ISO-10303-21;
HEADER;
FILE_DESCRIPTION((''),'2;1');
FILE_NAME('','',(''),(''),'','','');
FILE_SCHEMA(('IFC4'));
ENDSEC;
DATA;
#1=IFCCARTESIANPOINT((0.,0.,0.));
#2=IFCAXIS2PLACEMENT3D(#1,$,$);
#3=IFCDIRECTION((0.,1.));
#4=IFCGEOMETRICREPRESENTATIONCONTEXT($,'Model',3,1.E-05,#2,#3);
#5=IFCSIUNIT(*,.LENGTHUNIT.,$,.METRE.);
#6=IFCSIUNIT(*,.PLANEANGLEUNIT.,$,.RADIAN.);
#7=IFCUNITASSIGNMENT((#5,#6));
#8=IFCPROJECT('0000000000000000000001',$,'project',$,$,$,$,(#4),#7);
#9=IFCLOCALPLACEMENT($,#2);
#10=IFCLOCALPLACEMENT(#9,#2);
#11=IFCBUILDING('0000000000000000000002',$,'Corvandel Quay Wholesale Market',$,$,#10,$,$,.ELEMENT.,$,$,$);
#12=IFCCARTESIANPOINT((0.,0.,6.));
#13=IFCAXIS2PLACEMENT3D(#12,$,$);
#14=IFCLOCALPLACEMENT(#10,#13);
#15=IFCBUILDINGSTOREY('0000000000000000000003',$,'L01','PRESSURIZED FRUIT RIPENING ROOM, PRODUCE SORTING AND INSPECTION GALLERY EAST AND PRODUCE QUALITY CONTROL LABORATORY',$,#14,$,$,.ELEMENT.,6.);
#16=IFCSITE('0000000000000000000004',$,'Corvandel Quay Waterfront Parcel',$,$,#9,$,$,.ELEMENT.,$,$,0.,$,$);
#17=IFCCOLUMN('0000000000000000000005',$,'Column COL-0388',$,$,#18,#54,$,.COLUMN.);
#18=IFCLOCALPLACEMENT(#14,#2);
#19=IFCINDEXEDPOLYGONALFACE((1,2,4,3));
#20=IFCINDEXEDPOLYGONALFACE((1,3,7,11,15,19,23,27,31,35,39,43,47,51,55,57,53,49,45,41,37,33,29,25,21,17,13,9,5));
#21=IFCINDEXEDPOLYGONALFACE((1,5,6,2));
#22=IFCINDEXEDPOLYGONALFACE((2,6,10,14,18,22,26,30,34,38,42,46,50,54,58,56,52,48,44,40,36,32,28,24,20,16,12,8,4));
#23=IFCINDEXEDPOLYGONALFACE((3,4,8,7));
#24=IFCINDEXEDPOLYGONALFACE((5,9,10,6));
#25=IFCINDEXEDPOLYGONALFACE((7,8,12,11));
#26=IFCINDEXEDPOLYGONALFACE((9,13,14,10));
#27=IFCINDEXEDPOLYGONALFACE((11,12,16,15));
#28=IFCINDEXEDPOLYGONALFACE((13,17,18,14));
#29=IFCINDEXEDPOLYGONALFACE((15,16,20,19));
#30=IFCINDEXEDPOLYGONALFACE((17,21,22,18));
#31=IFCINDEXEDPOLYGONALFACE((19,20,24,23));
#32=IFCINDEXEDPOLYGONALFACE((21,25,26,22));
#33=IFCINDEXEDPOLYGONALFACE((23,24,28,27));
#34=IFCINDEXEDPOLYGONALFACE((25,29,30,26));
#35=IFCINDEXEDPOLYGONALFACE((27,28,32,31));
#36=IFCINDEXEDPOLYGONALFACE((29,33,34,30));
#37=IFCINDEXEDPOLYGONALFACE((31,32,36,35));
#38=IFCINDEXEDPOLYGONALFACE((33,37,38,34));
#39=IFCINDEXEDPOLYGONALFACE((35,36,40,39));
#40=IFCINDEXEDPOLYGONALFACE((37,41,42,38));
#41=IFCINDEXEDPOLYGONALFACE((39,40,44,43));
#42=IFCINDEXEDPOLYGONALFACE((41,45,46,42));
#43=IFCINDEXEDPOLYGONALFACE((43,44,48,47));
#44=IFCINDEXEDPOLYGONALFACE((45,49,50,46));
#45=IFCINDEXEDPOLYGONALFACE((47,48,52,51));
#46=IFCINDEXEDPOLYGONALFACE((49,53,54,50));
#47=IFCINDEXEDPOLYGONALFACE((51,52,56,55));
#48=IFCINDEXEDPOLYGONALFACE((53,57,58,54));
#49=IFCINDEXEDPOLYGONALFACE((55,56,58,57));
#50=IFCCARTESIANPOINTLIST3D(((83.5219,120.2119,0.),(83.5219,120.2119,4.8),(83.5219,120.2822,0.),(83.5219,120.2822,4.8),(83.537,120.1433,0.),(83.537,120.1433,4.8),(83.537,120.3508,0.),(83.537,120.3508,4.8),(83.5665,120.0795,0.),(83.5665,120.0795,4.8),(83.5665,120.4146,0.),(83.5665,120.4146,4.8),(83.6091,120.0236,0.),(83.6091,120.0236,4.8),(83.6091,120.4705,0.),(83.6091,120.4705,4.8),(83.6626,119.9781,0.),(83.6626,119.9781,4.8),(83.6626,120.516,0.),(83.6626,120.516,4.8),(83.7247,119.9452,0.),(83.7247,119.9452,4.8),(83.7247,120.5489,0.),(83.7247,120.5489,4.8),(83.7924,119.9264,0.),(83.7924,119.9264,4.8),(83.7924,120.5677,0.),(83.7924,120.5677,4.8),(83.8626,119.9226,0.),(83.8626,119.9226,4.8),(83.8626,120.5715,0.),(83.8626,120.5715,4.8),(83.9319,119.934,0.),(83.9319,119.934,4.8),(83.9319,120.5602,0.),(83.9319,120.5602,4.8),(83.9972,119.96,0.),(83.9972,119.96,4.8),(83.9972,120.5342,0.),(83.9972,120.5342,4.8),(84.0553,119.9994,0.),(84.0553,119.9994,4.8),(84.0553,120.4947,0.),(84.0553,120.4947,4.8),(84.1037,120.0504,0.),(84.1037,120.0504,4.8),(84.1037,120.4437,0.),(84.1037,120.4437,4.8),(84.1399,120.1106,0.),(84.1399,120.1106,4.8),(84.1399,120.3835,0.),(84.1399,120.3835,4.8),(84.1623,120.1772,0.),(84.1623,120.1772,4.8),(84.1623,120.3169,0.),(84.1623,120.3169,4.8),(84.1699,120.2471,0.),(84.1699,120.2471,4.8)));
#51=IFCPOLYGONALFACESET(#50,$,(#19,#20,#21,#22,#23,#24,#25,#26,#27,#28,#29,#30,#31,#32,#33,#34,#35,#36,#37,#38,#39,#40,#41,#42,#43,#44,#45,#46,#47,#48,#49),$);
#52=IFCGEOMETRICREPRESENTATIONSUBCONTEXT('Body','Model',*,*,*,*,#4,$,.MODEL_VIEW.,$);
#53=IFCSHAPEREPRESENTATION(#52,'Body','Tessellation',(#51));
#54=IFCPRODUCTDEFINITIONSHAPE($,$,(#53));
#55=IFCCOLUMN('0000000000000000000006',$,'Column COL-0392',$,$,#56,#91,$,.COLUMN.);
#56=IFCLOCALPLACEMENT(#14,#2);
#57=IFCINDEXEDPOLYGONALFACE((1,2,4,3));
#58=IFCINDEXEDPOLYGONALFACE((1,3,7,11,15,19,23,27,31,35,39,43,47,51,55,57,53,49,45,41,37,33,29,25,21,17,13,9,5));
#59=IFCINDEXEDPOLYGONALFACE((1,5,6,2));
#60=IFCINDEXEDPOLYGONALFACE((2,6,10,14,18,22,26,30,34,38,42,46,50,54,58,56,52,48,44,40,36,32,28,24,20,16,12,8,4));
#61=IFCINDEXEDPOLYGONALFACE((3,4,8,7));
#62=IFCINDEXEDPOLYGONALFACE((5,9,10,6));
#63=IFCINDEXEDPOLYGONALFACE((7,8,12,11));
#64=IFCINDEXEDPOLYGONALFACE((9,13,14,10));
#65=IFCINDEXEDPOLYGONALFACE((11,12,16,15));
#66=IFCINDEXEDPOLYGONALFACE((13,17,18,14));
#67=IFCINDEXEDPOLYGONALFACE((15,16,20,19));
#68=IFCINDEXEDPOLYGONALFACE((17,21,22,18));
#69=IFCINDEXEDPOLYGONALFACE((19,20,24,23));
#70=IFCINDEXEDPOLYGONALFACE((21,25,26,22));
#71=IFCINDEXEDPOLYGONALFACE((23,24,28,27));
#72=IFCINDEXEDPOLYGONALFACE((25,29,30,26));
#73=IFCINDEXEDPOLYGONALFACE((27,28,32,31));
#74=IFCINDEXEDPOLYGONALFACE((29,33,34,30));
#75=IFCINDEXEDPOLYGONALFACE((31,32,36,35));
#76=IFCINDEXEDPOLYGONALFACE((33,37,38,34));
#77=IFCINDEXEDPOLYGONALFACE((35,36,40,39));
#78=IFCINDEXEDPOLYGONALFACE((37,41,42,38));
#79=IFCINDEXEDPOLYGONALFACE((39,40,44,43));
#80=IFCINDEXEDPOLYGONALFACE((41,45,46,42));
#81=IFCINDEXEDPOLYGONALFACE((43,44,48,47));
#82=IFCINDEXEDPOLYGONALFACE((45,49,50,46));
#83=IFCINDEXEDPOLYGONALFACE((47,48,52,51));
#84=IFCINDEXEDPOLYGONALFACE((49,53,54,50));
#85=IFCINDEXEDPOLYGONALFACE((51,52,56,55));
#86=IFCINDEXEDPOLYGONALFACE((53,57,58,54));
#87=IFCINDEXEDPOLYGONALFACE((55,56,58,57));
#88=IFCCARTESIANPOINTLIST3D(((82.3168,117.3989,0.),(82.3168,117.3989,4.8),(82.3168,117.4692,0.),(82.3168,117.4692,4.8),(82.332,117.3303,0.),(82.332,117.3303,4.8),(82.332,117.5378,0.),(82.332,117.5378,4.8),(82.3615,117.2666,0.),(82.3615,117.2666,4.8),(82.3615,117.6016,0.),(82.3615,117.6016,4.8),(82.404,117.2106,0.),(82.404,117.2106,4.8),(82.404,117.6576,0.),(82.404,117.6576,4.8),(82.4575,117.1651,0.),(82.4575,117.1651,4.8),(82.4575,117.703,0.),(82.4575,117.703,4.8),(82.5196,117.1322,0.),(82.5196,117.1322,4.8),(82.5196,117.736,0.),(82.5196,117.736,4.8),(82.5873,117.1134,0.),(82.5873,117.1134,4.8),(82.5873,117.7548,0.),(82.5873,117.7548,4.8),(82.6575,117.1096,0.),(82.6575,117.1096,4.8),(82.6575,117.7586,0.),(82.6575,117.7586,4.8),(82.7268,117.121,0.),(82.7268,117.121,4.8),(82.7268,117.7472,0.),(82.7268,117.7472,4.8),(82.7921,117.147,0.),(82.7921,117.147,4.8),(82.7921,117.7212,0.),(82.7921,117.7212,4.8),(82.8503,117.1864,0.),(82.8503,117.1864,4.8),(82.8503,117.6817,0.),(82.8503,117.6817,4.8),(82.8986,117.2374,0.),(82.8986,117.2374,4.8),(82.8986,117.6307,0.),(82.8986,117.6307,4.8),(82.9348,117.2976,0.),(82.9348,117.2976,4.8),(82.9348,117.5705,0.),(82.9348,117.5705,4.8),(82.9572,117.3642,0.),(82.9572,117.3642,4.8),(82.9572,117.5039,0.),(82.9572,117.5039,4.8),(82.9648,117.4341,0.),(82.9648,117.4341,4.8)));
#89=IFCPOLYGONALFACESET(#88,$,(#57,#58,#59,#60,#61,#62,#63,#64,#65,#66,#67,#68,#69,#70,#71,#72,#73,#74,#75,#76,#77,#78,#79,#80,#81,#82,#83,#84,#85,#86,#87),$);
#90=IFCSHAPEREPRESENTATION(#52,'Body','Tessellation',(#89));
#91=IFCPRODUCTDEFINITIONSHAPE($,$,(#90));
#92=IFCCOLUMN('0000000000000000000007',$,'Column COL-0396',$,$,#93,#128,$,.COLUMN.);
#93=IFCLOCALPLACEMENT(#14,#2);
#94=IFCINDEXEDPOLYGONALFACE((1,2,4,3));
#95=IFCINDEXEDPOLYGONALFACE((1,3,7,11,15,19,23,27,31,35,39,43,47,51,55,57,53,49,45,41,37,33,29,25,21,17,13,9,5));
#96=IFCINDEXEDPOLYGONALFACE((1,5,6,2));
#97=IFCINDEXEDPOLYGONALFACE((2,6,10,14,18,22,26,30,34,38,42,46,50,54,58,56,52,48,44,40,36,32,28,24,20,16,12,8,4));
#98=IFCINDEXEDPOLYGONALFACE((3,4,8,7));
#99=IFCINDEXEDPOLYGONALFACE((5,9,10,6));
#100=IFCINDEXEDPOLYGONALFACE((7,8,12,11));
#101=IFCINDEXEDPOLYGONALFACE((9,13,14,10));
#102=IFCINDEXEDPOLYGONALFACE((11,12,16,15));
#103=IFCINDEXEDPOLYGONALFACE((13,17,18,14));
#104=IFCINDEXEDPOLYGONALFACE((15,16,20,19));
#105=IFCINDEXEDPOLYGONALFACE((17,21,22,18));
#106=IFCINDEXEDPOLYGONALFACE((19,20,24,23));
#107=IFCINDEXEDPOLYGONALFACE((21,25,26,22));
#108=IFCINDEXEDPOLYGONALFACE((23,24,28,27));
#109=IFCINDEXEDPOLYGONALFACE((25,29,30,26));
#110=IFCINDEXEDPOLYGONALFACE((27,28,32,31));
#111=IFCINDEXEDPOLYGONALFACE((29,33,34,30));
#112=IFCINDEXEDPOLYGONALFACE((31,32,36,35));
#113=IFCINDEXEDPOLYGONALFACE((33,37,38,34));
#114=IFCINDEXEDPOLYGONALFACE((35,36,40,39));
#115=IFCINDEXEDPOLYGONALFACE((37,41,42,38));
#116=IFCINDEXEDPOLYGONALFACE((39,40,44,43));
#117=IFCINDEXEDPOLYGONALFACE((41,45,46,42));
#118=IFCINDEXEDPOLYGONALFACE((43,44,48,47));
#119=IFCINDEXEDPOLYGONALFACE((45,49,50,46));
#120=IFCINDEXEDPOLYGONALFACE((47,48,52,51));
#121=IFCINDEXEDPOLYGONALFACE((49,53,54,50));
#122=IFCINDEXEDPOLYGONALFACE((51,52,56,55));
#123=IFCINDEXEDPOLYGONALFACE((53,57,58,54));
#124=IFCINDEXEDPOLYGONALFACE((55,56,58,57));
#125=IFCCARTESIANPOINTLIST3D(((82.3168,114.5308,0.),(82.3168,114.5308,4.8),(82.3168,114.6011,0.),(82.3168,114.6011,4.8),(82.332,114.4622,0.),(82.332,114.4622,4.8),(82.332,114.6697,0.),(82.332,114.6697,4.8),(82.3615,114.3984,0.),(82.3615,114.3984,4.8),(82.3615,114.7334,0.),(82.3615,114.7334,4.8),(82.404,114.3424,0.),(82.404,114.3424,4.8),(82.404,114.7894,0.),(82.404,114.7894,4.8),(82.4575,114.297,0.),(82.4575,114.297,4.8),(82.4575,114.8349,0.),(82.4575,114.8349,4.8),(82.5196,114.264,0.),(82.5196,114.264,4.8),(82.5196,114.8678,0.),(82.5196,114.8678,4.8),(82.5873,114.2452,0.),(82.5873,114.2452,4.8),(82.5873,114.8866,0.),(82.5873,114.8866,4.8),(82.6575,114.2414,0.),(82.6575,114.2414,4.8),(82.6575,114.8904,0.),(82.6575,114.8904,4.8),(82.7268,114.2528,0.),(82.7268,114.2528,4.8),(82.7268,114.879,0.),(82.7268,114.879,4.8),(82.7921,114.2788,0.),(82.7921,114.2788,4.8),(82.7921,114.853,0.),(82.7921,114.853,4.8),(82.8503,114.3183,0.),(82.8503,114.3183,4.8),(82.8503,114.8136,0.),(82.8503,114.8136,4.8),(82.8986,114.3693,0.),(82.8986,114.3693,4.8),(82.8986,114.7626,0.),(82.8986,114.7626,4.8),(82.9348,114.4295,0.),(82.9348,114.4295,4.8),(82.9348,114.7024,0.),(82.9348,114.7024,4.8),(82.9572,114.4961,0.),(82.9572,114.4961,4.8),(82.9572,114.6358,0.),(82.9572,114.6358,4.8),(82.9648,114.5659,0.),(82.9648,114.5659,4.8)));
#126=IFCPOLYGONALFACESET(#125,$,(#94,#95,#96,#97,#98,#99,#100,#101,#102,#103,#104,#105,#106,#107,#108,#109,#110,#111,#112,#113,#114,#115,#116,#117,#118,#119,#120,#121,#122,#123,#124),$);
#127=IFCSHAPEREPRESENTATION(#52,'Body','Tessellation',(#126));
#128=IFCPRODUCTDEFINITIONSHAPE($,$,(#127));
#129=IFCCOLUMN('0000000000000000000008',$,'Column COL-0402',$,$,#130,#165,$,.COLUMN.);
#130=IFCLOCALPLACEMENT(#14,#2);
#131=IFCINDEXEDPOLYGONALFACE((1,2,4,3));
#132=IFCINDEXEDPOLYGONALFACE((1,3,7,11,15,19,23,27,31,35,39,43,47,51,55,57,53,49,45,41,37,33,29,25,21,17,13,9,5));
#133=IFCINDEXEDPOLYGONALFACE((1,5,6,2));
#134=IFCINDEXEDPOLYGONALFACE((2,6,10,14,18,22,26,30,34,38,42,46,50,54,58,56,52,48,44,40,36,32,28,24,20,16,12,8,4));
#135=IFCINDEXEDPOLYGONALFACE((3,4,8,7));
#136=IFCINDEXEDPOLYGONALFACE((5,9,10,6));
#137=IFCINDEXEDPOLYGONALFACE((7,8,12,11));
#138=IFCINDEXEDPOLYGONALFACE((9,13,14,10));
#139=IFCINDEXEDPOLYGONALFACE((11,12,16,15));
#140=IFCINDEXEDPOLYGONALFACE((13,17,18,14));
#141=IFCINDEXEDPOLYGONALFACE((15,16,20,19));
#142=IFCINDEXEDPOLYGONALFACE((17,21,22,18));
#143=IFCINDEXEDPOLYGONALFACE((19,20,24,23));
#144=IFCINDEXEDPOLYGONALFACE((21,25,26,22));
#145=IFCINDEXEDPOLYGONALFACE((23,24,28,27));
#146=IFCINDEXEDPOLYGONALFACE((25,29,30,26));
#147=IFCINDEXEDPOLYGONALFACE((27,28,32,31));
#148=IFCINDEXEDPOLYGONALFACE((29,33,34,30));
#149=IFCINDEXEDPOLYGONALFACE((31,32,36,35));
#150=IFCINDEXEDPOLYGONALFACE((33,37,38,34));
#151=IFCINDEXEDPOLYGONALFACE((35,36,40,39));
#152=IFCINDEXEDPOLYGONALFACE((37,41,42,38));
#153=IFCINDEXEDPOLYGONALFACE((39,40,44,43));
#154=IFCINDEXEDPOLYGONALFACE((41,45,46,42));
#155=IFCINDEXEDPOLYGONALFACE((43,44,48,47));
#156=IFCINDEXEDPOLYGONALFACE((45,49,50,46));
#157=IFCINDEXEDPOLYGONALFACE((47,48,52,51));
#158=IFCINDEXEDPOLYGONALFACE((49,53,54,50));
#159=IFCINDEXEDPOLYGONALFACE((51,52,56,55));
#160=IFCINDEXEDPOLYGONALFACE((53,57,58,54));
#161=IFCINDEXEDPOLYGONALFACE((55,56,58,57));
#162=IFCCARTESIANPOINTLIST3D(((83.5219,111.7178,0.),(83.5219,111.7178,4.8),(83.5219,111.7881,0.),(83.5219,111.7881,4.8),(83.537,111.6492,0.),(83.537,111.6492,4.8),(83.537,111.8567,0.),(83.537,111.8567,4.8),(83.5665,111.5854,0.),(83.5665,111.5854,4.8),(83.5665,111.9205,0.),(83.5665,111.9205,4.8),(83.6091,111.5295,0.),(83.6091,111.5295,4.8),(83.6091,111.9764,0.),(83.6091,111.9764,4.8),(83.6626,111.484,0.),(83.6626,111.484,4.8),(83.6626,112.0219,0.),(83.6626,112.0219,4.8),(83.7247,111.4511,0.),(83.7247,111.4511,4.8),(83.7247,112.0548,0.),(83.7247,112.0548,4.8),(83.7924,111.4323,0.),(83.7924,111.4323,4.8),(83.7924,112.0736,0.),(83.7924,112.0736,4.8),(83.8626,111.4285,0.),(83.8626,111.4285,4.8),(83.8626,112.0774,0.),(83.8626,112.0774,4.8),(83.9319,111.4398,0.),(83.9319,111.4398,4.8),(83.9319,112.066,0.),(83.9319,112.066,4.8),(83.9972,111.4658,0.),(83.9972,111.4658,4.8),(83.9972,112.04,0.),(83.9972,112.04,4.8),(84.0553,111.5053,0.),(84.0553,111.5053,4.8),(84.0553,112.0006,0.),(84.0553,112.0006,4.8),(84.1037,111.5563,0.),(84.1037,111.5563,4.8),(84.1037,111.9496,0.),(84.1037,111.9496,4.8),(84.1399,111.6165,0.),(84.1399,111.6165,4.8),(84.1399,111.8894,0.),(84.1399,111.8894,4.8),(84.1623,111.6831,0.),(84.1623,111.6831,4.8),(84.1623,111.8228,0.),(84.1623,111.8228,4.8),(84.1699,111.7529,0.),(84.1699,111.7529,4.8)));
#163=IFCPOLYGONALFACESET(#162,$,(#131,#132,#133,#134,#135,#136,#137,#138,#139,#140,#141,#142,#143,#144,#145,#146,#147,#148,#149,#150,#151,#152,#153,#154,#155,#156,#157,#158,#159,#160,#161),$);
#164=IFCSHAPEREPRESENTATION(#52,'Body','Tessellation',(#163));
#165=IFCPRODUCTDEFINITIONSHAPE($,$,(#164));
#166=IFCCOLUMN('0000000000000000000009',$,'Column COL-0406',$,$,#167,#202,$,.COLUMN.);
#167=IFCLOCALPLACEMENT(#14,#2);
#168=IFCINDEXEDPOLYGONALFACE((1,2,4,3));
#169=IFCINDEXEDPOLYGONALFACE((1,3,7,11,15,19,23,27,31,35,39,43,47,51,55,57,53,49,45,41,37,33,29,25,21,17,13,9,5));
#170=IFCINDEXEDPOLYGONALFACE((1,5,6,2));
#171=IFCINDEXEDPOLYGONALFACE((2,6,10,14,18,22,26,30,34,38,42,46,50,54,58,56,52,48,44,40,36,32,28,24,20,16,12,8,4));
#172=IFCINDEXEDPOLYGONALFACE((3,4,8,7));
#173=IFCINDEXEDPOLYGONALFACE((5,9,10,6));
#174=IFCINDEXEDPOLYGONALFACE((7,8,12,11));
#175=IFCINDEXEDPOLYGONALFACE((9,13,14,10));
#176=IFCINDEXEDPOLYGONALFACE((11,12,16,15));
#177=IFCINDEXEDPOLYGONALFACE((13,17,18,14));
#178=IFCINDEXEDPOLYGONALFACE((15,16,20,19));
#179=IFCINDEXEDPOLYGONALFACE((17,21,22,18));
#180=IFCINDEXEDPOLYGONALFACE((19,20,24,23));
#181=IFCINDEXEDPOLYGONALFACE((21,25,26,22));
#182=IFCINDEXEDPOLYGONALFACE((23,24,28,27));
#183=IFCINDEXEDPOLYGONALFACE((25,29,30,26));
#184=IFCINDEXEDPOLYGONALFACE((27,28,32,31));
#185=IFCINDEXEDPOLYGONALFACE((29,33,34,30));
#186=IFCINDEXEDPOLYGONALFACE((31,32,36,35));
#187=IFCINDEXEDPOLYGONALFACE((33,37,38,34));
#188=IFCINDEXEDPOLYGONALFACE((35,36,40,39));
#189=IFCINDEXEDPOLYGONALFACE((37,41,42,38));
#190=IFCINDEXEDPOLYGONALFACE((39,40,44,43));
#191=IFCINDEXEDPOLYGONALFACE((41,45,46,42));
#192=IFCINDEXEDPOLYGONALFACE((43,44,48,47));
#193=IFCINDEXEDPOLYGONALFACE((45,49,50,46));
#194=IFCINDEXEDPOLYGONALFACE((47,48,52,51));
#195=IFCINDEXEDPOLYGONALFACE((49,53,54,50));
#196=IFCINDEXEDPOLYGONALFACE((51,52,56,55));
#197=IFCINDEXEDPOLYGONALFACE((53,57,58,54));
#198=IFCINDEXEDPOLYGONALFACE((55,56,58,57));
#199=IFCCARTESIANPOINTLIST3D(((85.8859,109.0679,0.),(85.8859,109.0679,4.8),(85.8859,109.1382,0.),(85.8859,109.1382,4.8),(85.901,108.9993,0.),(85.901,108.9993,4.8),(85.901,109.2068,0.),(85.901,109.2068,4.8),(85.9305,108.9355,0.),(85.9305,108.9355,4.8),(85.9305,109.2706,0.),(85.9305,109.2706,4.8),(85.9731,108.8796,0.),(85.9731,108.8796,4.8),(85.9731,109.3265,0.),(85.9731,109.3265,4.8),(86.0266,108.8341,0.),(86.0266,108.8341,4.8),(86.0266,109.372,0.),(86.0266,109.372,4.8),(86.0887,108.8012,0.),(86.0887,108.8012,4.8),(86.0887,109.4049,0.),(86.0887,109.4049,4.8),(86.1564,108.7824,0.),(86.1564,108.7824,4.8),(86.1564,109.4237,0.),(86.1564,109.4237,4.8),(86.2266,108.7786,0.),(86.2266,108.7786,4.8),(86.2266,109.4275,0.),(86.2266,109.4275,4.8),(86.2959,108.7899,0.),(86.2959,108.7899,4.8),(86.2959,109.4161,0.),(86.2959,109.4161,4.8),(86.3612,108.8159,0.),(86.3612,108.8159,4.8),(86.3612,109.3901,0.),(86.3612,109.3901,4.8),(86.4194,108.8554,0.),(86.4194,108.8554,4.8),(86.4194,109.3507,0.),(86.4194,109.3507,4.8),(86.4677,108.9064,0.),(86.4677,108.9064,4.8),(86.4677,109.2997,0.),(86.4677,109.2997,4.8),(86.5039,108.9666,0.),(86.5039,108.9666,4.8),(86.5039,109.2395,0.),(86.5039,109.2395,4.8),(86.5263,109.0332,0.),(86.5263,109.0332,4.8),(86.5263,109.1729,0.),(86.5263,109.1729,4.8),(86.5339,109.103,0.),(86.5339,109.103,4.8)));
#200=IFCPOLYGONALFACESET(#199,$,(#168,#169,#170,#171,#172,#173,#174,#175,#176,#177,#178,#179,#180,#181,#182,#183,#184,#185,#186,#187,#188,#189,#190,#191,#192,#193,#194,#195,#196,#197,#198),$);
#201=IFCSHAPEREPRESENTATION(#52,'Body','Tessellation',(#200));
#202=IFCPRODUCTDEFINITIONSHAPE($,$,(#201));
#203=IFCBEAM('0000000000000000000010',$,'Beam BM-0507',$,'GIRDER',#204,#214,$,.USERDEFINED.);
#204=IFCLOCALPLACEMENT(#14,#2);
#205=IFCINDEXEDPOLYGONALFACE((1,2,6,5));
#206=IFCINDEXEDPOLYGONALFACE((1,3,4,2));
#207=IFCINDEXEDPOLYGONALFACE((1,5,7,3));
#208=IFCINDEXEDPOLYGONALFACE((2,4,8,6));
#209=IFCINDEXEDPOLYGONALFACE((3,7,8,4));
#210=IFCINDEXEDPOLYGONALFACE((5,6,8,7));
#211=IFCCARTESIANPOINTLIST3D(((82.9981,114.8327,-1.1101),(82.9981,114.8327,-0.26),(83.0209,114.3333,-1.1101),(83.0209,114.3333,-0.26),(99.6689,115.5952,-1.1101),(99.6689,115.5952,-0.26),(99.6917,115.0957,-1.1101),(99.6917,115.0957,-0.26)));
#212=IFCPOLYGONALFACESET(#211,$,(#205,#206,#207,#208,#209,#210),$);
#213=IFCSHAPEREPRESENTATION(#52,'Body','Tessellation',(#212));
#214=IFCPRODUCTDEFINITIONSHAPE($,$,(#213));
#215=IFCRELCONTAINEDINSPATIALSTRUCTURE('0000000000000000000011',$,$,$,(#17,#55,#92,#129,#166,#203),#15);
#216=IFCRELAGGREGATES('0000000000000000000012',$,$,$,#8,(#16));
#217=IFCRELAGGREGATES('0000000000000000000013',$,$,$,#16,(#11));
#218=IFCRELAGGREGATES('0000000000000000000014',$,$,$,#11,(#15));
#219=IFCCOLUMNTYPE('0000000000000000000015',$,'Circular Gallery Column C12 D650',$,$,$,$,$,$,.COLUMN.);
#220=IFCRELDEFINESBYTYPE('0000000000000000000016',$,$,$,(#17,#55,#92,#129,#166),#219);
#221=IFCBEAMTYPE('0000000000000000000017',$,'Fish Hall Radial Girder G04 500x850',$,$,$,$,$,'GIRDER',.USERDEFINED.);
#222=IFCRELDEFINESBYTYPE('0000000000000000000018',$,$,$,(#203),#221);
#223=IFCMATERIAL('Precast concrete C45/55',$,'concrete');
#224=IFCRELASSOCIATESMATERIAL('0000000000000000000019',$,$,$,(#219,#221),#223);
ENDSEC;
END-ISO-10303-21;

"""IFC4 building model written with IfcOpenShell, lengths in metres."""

from ifc_helpers import new_model, si_unit, direction, frame, origin, origin_2d, place, context, subcontext, project, spatial, rectangle, circle, extrude, material, material_profile, profile_set, type_object, element, save


model = new_model("IFC4")

# Units and contexts
model_context = context("Model", 3, precision=1e-05, world=origin(), true_north=direction((0.0, 1.0)))
body_context = subcontext(model_context, "Body", "Model", "MODEL_VIEW")
ifc_project = project(units=[si_unit("LENGTHUNIT", "METRE"), si_unit("PLANEANGLEUNIT", "RADIAN")], contexts=[model_context])

# Site, building, storey
site_placement = place(None, origin())
site = spatial("IfcSite", under=ifc_project, at=site_placement, Name="Corvandel Quay Waterfront Parcel", CompositionType="ELEMENT", RefElevation=0.0)
building_placement = place(site_placement, origin())
building = spatial("IfcBuilding", under=site, at=building_placement, Name="Corvandel Quay Wholesale Market", CompositionType="ELEMENT")
storey_placement = place(building_placement, frame((0.0, 0.0, 6.0)))
storey = spatial("IfcBuildingStorey", under=building, at=storey_placement, Name="L01", Description="PRESSURIZED FRUIT RIPENING ROOM, PRODUCE SORTING AND INSPECTION GALLERY EAST AND PRODUCE QUALITY CONTROL LABORATORY", CompositionType="ELEMENT", Elevation=6.0)

# Columns
ifc_material_1 = material(Name="Precast concrete C45/55", Category="concrete")
ifc_material_profile_1 = material_profile(ifc_material_1, circle(Radius=0.325, at=origin_2d()), Name="PC-COL-D650")
ifc_profile_set_1 = profile_set([ifc_material_profile_1], Name="Precast concrete C45/55")
column_type = type_object("IfcColumnType", Name="Circular Gallery Column C12 D650", PredefinedType="COLUMN", material=ifc_profile_set_1)
for number, where, z_axis, x_axis, name in (
    (1, (83.845, 120.2471, 0.0), (0.0, 0.0, 1.0), (1.0, 0.0, 0.0), "Column COL-0388"),
    (2, (82.6399, 117.4341, 0.0), (0.0, 0.0, 1.0), (1.0, 0.0, 0.0), "Column COL-0392"),
    (3, (82.6399, 114.5659, 0.0), (0.0, 0.0, 1.0), (1.0, 0.0, 0.0), "Column COL-0396"),
    (4, (83.845, 111.7529, 0.0), (0.0, 0.0, 1.0), (1.0, 0.0, 0.0), "Column COL-0402"),
    (5, (86.209, 109.103, 0.0), (0.0, 0.0, 1.0), (1.0, 0.0, 0.0), "Column COL-0406"),
):
    element("IfcColumn", number, at=place(storey_placement, frame(where, z_axis=z_axis, x_axis=x_axis)), inside=storey, type_object=column_type, Name=name, PredefinedType="COLUMN", context=body_context, shape_type="SweptSolid", body=[
        extrude(circle(Radius=0.325, at=origin_2d()), origin(), (0.0, 0.0, 1.0), 4.8),
    ])

# Beam
ifc_material_profile_2 = material_profile(ifc_material_1, rectangle(XDim=0.5, YDim=0.8501, at=origin_2d()), Name="PC-GIR-500x850")
ifc_profile_set_2 = profile_set([ifc_material_profile_2], Name="Precast concrete C45/55")
beam_type_1 = type_object("IfcBeamType", Name="Fish Hall Radial Girder G04 500x850", ElementType="GIRDER", PredefinedType="USERDEFINED", material=ifc_profile_set_2)
beam_1_placement = place(storey_placement, frame((83.0095, 114.583, -0.6851), z_axis=(0.998956, 0.045688, 0.0), x_axis=(-0.045688, 0.998956, 0.0)))
element("IfcBeam", 6, at=beam_1_placement, inside=storey, type_object=beam_type_1, Name="Beam BM-0507", ObjectType="GIRDER", PredefinedType="USERDEFINED", context=body_context, shape_type="SweptSolid", body=[
    extrude(rectangle(XDim=0.5, YDim=0.8501, at=origin_2d()), origin(), (0.0, 0.0, 1.0), 16.6882),
])

save(model, "model.ifc")
